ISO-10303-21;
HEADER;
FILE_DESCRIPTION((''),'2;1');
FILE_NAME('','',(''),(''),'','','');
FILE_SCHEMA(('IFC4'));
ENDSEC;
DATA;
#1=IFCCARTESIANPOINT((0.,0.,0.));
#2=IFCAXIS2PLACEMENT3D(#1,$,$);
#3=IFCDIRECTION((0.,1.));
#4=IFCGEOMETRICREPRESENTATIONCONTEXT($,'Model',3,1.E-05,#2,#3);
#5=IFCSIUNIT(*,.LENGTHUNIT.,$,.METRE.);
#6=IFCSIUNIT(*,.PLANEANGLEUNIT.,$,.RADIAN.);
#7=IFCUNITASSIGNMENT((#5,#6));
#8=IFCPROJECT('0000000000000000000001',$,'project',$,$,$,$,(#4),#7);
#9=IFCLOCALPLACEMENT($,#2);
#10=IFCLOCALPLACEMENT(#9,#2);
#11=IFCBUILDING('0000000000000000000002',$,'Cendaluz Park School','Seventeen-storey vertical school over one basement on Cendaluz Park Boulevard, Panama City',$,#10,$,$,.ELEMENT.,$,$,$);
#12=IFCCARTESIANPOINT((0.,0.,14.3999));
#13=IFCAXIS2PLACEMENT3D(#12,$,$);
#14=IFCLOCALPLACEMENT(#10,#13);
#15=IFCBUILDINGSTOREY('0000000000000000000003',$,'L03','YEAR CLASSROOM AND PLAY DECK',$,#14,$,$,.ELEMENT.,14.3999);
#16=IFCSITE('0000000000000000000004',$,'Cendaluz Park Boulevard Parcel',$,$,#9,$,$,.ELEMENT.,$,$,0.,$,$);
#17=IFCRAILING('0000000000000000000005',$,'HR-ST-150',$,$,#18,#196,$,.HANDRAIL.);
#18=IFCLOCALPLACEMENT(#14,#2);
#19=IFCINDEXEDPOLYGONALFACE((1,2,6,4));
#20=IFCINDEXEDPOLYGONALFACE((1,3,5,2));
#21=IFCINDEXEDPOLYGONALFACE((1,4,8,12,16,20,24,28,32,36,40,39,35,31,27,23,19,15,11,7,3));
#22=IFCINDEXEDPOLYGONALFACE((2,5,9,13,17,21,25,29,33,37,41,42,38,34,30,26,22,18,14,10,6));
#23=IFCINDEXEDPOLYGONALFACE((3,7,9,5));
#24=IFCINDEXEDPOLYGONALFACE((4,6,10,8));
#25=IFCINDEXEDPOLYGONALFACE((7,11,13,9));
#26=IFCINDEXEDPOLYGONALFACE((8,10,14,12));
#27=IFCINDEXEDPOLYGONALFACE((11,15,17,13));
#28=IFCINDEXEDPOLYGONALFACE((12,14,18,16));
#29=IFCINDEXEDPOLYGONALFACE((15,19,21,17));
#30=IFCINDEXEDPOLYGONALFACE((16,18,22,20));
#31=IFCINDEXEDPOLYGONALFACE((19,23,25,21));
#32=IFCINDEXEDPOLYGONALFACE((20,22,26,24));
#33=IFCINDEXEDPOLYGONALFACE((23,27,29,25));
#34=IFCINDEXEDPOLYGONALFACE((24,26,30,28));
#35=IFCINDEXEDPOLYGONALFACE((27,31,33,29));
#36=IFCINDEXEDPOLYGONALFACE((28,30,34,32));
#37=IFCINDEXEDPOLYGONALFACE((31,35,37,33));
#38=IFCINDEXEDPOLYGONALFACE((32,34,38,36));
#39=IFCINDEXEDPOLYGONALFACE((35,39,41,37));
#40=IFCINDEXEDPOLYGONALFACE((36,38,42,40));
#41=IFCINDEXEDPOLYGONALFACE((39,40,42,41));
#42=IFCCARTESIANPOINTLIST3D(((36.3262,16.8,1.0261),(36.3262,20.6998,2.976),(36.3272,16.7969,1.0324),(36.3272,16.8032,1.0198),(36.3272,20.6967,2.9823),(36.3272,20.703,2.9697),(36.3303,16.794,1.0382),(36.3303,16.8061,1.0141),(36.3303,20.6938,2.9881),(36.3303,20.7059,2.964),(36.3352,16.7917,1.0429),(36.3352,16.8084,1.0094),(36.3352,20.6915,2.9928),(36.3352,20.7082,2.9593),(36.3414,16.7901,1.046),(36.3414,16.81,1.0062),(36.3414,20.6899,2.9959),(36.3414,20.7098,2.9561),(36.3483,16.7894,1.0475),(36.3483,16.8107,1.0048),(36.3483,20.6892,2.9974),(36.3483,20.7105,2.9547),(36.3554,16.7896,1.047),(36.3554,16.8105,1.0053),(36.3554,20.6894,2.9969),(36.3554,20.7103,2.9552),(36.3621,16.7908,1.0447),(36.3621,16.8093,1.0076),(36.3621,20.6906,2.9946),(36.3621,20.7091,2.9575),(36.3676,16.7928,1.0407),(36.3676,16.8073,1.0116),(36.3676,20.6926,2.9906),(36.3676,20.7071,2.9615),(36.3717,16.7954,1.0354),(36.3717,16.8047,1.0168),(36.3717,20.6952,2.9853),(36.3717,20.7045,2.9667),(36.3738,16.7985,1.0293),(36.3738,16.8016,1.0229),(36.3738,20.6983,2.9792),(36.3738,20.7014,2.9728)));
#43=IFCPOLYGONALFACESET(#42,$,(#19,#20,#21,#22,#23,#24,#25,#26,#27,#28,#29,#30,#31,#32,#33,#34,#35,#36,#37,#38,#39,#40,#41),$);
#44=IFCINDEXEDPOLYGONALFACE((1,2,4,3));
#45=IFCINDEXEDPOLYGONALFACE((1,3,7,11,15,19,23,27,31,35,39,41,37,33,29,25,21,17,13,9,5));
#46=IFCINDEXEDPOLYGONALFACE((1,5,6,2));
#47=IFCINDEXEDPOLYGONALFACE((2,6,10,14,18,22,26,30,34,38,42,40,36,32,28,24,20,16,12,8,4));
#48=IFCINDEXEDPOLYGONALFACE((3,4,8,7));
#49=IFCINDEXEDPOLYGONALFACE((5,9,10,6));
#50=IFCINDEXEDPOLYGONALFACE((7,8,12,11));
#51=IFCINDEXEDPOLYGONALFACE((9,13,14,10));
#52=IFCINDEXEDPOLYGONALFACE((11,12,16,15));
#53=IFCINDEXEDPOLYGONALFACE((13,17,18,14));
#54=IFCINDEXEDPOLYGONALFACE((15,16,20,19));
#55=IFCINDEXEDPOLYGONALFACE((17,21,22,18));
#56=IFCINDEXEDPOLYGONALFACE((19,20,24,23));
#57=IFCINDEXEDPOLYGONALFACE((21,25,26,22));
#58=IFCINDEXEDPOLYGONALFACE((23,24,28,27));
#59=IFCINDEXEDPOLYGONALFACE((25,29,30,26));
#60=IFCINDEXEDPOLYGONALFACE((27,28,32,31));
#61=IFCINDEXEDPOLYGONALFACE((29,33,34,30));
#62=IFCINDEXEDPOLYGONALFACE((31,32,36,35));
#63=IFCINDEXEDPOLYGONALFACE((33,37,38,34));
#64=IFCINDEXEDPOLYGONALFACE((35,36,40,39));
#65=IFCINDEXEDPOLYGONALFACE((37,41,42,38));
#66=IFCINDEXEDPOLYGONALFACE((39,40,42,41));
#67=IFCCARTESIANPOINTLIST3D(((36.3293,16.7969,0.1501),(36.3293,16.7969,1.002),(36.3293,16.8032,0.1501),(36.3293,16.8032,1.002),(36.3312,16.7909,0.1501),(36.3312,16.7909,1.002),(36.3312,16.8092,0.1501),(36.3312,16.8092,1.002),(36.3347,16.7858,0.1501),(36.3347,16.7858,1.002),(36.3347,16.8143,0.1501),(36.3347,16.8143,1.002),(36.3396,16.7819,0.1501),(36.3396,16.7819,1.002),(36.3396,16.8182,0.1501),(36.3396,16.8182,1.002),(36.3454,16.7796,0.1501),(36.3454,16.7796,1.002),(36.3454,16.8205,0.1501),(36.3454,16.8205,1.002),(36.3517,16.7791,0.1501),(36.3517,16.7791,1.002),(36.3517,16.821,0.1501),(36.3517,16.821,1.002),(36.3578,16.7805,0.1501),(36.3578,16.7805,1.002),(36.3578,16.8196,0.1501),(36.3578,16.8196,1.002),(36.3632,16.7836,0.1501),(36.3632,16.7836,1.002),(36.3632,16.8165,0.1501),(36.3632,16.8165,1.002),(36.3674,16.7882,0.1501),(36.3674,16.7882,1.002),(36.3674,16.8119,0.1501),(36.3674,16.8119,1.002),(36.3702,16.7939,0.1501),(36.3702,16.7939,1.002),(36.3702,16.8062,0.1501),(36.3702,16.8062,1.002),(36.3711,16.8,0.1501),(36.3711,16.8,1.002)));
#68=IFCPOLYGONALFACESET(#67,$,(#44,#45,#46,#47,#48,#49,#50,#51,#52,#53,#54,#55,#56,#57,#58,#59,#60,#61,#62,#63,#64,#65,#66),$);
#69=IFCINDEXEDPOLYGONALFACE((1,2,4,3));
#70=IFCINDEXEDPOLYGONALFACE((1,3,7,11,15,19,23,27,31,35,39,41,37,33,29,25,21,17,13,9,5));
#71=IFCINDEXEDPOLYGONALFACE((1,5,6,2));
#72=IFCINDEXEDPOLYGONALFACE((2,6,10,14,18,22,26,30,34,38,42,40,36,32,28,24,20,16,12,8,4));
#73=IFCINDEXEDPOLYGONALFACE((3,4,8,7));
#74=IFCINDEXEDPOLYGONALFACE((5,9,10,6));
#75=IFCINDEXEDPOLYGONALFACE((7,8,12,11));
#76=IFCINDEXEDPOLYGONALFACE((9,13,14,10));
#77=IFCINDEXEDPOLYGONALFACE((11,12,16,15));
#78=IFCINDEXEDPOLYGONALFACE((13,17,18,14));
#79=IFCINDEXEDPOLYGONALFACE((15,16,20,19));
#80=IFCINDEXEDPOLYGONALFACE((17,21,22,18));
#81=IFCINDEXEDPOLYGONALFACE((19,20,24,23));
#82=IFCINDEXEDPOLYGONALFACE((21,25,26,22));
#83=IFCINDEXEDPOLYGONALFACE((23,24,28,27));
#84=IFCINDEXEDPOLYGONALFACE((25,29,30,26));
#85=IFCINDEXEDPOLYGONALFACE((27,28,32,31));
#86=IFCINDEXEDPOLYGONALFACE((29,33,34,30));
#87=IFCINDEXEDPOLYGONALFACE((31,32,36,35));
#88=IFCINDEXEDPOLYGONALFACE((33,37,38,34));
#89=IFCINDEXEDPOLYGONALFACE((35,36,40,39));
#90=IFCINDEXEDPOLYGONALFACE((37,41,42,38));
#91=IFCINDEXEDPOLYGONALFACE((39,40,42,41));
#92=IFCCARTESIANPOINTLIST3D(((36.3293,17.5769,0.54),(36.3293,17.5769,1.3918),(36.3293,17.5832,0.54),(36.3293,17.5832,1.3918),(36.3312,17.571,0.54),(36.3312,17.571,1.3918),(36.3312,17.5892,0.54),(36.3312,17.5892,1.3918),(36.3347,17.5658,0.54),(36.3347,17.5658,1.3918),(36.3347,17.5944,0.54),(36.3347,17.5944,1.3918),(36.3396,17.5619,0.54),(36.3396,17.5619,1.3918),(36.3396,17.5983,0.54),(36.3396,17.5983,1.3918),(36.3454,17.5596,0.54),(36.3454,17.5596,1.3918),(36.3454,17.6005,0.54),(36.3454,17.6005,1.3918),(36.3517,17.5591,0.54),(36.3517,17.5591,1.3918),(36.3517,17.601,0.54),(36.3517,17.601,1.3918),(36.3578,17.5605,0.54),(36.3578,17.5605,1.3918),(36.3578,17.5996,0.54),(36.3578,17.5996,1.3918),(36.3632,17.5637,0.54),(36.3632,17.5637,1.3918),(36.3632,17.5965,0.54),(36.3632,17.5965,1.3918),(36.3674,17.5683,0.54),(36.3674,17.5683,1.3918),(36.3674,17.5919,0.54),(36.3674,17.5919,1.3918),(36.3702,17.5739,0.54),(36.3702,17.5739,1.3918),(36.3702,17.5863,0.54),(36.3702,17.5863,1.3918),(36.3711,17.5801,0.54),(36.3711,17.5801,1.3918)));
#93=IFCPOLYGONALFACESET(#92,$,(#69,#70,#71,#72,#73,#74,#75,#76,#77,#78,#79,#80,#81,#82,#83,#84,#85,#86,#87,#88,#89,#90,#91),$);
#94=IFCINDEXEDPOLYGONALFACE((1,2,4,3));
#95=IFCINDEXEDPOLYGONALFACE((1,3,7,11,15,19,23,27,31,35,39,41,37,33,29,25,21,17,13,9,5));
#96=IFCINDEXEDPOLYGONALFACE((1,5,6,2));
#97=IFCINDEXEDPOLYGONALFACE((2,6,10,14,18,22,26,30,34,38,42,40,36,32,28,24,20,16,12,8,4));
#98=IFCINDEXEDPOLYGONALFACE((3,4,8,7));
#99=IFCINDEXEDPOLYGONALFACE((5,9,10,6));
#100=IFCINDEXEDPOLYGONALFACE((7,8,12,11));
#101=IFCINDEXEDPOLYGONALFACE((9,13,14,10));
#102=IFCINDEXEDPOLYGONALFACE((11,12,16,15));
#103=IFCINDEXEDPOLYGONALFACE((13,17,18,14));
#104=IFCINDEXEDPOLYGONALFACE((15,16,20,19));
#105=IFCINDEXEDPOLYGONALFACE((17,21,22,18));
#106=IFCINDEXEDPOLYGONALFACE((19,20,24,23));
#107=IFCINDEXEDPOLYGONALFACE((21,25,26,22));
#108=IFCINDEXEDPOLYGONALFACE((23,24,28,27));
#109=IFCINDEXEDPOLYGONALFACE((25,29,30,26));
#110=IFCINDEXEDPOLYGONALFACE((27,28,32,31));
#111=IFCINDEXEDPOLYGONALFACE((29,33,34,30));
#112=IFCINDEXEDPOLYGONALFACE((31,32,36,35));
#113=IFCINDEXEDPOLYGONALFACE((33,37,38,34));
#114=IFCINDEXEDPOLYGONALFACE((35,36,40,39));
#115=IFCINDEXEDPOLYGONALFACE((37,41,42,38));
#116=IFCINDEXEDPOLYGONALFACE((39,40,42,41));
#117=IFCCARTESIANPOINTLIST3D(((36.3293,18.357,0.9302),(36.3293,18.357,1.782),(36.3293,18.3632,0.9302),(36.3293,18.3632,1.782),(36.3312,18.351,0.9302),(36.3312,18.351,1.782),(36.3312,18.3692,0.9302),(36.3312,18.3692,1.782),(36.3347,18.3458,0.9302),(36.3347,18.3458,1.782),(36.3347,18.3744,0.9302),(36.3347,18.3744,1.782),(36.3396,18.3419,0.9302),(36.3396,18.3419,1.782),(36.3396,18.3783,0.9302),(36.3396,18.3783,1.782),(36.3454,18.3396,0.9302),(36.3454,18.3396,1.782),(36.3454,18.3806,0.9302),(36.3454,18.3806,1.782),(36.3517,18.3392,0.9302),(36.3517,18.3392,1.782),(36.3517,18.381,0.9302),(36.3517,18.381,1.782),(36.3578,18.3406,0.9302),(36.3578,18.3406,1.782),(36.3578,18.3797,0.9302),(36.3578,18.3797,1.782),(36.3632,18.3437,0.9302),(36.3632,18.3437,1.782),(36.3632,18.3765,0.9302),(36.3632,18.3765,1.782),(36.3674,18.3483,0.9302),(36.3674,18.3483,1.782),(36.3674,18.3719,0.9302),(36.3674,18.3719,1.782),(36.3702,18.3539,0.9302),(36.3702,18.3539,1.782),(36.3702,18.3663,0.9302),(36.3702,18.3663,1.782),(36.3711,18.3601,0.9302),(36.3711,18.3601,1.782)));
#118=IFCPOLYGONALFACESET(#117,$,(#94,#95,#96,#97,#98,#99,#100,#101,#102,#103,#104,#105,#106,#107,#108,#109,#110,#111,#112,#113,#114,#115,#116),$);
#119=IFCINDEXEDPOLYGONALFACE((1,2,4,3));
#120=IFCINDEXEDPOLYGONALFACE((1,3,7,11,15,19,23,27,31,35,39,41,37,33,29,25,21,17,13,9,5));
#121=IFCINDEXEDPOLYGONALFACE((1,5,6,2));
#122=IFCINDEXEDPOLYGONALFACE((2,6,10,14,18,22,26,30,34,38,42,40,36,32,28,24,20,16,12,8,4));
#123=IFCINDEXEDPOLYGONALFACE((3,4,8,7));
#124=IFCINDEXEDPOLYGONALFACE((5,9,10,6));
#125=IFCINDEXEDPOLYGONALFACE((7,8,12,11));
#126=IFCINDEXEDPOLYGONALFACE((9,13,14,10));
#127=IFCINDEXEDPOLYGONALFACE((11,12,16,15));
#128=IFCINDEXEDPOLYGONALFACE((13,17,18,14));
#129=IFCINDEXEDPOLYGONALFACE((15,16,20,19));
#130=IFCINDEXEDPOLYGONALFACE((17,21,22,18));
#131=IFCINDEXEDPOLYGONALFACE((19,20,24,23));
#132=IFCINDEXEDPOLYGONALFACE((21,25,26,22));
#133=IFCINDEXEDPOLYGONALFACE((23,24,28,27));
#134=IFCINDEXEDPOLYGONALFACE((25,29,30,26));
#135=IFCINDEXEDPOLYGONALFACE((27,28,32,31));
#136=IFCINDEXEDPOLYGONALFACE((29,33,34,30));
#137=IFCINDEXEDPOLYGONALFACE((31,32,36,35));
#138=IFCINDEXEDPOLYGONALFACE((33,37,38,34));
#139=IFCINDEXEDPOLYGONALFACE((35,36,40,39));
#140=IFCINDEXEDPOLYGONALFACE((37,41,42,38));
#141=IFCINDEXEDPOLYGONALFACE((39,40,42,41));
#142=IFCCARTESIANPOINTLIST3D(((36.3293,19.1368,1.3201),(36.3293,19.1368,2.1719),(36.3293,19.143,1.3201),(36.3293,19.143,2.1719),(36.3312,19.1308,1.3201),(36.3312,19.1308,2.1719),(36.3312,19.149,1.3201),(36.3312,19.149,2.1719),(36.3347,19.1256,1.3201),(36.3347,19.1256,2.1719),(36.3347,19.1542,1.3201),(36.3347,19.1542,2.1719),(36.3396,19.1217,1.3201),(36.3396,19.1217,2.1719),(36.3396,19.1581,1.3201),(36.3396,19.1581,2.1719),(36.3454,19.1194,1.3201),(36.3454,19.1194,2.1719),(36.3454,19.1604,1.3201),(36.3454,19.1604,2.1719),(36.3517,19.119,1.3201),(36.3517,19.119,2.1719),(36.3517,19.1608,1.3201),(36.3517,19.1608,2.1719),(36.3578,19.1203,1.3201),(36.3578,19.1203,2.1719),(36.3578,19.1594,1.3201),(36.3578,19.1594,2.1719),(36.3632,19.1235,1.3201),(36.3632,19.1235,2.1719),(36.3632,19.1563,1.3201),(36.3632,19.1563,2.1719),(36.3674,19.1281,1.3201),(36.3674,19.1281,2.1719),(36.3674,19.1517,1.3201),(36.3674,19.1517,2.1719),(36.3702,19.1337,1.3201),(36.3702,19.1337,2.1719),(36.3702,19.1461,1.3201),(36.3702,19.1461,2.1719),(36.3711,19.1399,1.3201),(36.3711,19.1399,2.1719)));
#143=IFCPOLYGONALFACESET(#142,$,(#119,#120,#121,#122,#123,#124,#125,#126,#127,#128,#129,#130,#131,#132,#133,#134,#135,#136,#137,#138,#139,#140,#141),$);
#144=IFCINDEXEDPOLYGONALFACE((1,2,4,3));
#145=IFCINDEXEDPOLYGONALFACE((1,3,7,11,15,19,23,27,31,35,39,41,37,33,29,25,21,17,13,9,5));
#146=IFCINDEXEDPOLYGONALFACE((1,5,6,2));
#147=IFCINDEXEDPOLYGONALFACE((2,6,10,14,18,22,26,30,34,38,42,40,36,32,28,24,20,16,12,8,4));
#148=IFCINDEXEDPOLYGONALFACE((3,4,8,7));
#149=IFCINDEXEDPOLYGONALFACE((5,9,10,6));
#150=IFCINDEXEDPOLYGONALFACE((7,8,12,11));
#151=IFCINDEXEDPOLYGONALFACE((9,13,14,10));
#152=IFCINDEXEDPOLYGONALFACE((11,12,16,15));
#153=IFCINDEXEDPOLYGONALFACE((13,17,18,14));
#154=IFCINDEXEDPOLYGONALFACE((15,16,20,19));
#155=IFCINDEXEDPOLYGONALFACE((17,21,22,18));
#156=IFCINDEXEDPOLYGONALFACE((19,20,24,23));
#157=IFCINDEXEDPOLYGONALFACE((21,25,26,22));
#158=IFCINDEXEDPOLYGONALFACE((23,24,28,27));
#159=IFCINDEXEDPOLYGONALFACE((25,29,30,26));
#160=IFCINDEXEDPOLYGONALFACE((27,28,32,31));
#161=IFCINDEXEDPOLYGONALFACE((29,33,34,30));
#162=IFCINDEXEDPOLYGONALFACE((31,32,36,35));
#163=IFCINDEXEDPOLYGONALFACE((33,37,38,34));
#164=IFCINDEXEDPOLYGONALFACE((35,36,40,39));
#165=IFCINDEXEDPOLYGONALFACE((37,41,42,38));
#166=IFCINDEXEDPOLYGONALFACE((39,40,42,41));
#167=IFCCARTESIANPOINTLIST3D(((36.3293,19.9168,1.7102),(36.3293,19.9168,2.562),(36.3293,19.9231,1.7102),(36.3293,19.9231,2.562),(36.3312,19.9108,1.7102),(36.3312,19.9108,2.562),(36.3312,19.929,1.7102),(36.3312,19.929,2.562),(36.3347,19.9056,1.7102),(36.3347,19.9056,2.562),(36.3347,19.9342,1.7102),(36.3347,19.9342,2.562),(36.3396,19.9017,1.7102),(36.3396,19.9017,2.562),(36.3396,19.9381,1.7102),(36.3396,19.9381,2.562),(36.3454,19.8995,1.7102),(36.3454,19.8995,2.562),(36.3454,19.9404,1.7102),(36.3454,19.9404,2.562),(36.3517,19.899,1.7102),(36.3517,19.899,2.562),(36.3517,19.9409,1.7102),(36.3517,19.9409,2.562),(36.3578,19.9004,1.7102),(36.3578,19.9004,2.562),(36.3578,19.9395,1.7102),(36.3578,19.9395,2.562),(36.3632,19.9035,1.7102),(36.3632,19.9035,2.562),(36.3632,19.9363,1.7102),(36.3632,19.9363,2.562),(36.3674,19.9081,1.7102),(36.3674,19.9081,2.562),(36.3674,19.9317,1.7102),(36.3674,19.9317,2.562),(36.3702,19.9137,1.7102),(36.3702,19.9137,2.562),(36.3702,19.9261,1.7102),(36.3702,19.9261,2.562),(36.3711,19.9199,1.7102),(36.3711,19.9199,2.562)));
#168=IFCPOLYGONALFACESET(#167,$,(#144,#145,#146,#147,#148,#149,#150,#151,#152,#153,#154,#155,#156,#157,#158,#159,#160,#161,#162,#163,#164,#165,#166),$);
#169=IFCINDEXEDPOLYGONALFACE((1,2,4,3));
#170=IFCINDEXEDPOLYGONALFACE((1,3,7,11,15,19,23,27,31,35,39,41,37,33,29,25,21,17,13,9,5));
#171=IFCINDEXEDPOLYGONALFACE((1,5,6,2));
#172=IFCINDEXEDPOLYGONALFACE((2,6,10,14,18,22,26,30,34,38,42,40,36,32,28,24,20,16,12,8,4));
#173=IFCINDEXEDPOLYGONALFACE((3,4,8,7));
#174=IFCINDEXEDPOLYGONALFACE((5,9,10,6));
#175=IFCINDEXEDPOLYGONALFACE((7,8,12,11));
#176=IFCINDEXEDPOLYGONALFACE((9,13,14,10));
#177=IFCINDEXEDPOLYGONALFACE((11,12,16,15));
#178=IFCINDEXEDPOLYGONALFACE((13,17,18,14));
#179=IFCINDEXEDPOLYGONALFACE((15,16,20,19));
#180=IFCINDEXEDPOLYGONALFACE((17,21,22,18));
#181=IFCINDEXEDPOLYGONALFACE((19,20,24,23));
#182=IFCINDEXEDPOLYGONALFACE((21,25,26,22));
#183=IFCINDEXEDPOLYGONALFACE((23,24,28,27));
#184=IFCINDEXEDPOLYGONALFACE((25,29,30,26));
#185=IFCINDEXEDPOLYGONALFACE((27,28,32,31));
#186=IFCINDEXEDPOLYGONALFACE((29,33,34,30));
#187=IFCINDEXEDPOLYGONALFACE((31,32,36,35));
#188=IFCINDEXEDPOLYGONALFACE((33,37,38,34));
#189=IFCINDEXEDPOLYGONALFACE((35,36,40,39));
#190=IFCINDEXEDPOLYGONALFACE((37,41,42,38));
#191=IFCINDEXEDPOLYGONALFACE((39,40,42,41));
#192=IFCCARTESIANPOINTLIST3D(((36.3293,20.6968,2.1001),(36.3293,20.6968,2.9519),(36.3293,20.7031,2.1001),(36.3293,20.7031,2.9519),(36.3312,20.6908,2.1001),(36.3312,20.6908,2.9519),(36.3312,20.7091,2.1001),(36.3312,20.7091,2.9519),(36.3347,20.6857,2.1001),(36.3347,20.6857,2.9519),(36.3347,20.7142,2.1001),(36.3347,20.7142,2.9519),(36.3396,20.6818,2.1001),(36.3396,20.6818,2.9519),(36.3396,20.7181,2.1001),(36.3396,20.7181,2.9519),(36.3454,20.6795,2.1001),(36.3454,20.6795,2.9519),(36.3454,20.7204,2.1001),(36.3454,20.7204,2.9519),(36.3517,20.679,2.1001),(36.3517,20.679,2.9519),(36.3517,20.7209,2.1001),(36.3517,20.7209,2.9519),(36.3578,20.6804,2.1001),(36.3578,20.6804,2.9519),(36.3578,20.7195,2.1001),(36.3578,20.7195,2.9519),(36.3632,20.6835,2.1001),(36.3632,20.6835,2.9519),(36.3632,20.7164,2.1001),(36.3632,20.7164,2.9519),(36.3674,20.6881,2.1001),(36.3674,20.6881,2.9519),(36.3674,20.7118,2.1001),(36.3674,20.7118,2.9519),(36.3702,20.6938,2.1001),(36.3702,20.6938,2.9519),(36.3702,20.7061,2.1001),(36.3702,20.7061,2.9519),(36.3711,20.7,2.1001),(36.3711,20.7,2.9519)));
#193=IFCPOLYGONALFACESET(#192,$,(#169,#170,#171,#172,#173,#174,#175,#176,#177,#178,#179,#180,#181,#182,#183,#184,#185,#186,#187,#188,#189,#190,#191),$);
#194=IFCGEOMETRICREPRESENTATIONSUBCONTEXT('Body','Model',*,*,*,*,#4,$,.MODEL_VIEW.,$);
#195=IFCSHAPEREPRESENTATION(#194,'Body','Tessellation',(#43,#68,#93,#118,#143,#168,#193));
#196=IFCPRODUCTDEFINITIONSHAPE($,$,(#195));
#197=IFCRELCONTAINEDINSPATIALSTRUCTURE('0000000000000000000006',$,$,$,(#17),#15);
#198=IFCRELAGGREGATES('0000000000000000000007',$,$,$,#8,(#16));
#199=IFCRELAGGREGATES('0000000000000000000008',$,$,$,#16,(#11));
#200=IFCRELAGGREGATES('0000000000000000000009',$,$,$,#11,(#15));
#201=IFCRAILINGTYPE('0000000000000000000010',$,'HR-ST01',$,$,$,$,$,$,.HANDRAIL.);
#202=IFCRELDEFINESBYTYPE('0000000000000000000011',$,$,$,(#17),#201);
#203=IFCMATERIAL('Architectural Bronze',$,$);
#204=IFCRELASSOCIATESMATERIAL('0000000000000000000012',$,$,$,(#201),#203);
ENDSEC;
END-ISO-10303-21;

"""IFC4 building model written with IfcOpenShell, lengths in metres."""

from ifc_helpers import new_model, si_unit, direction, frame, origin, origin_2d, place, context, subcontext, project, spatial, circle, extrude, material, type_object, element, save


model = new_model("IFC4")

# Units and contexts
model_context = context("Model", 3, precision=1e-05, world=origin(), true_north=direction((0.0, 1.0)))
body_context = subcontext(model_context, "Body", "Model", "MODEL_VIEW")
ifc_project = project(units=[si_unit("LENGTHUNIT", "METRE"), si_unit("PLANEANGLEUNIT", "RADIAN")], contexts=[model_context])

# Site, building, storey
site_placement = place(None, origin())
site = spatial("IfcSite", under=ifc_project, at=site_placement, Name="Cendaluz Park Boulevard Parcel", CompositionType="ELEMENT", RefElevation=0.0)
building_placement = place(site_placement, origin())
building = spatial("IfcBuilding", under=site, at=building_placement, Name="Cendaluz Park School", Description="Seventeen-storey vertical school over one basement on Cendaluz Park Boulevard, Panama City", CompositionType="ELEMENT")
storey_placement = place(building_placement, frame((0.0, 0.0, 14.3999)))
storey = spatial("IfcBuildingStorey", under=building, at=storey_placement, Name="L03", Description="YEAR CLASSROOM AND PLAY DECK", CompositionType="ELEMENT", Elevation=14.3999)

# Railing
ifc_material_1 = material(Name="Architectural Bronze")
railing_type_1 = type_object("IfcRailingType", Name="HR-ST01", PredefinedType="HANDRAIL", material=ifc_material_1)
railing_1_placement = place(storey_placement, frame((36.3501, 16.8, 0.1501)))
element("IfcRailing", 1, at=railing_1_placement, inside=storey, type_object=railing_type_1, Name="HR-ST-150", PredefinedType="HANDRAIL", context=body_context, shape_type="SweptSolid", body=[
    extrude(circle(Radius=0.0239, at=origin_2d()), frame((0.0, 0.0, 0.876), z_axis=(0.0, 0.894427, 0.447214), x_axis=(-1.0, 0.0, 0.0)), (0.0, 0.0, 1.0), 4.3601),
    extrude(circle(Radius=0.021, at=origin_2d()), origin(), (0.0, 0.0, 1.0), 0.8518),
    extrude(circle(Radius=0.021, at=origin_2d()), frame((0.0, 0.78, 0.3899)), (0.0, 0.0, 1.0), 0.8518),
    extrude(circle(Radius=0.021, at=origin_2d()), frame((0.0, 1.5601, 0.78)), (0.0, 0.0, 1.0), 0.8518),
    extrude(circle(Radius=0.021, at=origin_2d()), frame((0.0, 2.3398, 1.1699)), (0.0, 0.0, 1.0), 0.8518),
    extrude(circle(Radius=0.021, at=origin_2d()), frame((0.0, 3.1199, 1.5601)), (0.0, 0.0, 1.0), 0.8518),
    extrude(circle(Radius=0.021, at=origin_2d()), frame((0.0, 3.8999, 1.95)), (0.0, 0.0, 1.0), 0.8518),
])

save(model, "model.ifc")
